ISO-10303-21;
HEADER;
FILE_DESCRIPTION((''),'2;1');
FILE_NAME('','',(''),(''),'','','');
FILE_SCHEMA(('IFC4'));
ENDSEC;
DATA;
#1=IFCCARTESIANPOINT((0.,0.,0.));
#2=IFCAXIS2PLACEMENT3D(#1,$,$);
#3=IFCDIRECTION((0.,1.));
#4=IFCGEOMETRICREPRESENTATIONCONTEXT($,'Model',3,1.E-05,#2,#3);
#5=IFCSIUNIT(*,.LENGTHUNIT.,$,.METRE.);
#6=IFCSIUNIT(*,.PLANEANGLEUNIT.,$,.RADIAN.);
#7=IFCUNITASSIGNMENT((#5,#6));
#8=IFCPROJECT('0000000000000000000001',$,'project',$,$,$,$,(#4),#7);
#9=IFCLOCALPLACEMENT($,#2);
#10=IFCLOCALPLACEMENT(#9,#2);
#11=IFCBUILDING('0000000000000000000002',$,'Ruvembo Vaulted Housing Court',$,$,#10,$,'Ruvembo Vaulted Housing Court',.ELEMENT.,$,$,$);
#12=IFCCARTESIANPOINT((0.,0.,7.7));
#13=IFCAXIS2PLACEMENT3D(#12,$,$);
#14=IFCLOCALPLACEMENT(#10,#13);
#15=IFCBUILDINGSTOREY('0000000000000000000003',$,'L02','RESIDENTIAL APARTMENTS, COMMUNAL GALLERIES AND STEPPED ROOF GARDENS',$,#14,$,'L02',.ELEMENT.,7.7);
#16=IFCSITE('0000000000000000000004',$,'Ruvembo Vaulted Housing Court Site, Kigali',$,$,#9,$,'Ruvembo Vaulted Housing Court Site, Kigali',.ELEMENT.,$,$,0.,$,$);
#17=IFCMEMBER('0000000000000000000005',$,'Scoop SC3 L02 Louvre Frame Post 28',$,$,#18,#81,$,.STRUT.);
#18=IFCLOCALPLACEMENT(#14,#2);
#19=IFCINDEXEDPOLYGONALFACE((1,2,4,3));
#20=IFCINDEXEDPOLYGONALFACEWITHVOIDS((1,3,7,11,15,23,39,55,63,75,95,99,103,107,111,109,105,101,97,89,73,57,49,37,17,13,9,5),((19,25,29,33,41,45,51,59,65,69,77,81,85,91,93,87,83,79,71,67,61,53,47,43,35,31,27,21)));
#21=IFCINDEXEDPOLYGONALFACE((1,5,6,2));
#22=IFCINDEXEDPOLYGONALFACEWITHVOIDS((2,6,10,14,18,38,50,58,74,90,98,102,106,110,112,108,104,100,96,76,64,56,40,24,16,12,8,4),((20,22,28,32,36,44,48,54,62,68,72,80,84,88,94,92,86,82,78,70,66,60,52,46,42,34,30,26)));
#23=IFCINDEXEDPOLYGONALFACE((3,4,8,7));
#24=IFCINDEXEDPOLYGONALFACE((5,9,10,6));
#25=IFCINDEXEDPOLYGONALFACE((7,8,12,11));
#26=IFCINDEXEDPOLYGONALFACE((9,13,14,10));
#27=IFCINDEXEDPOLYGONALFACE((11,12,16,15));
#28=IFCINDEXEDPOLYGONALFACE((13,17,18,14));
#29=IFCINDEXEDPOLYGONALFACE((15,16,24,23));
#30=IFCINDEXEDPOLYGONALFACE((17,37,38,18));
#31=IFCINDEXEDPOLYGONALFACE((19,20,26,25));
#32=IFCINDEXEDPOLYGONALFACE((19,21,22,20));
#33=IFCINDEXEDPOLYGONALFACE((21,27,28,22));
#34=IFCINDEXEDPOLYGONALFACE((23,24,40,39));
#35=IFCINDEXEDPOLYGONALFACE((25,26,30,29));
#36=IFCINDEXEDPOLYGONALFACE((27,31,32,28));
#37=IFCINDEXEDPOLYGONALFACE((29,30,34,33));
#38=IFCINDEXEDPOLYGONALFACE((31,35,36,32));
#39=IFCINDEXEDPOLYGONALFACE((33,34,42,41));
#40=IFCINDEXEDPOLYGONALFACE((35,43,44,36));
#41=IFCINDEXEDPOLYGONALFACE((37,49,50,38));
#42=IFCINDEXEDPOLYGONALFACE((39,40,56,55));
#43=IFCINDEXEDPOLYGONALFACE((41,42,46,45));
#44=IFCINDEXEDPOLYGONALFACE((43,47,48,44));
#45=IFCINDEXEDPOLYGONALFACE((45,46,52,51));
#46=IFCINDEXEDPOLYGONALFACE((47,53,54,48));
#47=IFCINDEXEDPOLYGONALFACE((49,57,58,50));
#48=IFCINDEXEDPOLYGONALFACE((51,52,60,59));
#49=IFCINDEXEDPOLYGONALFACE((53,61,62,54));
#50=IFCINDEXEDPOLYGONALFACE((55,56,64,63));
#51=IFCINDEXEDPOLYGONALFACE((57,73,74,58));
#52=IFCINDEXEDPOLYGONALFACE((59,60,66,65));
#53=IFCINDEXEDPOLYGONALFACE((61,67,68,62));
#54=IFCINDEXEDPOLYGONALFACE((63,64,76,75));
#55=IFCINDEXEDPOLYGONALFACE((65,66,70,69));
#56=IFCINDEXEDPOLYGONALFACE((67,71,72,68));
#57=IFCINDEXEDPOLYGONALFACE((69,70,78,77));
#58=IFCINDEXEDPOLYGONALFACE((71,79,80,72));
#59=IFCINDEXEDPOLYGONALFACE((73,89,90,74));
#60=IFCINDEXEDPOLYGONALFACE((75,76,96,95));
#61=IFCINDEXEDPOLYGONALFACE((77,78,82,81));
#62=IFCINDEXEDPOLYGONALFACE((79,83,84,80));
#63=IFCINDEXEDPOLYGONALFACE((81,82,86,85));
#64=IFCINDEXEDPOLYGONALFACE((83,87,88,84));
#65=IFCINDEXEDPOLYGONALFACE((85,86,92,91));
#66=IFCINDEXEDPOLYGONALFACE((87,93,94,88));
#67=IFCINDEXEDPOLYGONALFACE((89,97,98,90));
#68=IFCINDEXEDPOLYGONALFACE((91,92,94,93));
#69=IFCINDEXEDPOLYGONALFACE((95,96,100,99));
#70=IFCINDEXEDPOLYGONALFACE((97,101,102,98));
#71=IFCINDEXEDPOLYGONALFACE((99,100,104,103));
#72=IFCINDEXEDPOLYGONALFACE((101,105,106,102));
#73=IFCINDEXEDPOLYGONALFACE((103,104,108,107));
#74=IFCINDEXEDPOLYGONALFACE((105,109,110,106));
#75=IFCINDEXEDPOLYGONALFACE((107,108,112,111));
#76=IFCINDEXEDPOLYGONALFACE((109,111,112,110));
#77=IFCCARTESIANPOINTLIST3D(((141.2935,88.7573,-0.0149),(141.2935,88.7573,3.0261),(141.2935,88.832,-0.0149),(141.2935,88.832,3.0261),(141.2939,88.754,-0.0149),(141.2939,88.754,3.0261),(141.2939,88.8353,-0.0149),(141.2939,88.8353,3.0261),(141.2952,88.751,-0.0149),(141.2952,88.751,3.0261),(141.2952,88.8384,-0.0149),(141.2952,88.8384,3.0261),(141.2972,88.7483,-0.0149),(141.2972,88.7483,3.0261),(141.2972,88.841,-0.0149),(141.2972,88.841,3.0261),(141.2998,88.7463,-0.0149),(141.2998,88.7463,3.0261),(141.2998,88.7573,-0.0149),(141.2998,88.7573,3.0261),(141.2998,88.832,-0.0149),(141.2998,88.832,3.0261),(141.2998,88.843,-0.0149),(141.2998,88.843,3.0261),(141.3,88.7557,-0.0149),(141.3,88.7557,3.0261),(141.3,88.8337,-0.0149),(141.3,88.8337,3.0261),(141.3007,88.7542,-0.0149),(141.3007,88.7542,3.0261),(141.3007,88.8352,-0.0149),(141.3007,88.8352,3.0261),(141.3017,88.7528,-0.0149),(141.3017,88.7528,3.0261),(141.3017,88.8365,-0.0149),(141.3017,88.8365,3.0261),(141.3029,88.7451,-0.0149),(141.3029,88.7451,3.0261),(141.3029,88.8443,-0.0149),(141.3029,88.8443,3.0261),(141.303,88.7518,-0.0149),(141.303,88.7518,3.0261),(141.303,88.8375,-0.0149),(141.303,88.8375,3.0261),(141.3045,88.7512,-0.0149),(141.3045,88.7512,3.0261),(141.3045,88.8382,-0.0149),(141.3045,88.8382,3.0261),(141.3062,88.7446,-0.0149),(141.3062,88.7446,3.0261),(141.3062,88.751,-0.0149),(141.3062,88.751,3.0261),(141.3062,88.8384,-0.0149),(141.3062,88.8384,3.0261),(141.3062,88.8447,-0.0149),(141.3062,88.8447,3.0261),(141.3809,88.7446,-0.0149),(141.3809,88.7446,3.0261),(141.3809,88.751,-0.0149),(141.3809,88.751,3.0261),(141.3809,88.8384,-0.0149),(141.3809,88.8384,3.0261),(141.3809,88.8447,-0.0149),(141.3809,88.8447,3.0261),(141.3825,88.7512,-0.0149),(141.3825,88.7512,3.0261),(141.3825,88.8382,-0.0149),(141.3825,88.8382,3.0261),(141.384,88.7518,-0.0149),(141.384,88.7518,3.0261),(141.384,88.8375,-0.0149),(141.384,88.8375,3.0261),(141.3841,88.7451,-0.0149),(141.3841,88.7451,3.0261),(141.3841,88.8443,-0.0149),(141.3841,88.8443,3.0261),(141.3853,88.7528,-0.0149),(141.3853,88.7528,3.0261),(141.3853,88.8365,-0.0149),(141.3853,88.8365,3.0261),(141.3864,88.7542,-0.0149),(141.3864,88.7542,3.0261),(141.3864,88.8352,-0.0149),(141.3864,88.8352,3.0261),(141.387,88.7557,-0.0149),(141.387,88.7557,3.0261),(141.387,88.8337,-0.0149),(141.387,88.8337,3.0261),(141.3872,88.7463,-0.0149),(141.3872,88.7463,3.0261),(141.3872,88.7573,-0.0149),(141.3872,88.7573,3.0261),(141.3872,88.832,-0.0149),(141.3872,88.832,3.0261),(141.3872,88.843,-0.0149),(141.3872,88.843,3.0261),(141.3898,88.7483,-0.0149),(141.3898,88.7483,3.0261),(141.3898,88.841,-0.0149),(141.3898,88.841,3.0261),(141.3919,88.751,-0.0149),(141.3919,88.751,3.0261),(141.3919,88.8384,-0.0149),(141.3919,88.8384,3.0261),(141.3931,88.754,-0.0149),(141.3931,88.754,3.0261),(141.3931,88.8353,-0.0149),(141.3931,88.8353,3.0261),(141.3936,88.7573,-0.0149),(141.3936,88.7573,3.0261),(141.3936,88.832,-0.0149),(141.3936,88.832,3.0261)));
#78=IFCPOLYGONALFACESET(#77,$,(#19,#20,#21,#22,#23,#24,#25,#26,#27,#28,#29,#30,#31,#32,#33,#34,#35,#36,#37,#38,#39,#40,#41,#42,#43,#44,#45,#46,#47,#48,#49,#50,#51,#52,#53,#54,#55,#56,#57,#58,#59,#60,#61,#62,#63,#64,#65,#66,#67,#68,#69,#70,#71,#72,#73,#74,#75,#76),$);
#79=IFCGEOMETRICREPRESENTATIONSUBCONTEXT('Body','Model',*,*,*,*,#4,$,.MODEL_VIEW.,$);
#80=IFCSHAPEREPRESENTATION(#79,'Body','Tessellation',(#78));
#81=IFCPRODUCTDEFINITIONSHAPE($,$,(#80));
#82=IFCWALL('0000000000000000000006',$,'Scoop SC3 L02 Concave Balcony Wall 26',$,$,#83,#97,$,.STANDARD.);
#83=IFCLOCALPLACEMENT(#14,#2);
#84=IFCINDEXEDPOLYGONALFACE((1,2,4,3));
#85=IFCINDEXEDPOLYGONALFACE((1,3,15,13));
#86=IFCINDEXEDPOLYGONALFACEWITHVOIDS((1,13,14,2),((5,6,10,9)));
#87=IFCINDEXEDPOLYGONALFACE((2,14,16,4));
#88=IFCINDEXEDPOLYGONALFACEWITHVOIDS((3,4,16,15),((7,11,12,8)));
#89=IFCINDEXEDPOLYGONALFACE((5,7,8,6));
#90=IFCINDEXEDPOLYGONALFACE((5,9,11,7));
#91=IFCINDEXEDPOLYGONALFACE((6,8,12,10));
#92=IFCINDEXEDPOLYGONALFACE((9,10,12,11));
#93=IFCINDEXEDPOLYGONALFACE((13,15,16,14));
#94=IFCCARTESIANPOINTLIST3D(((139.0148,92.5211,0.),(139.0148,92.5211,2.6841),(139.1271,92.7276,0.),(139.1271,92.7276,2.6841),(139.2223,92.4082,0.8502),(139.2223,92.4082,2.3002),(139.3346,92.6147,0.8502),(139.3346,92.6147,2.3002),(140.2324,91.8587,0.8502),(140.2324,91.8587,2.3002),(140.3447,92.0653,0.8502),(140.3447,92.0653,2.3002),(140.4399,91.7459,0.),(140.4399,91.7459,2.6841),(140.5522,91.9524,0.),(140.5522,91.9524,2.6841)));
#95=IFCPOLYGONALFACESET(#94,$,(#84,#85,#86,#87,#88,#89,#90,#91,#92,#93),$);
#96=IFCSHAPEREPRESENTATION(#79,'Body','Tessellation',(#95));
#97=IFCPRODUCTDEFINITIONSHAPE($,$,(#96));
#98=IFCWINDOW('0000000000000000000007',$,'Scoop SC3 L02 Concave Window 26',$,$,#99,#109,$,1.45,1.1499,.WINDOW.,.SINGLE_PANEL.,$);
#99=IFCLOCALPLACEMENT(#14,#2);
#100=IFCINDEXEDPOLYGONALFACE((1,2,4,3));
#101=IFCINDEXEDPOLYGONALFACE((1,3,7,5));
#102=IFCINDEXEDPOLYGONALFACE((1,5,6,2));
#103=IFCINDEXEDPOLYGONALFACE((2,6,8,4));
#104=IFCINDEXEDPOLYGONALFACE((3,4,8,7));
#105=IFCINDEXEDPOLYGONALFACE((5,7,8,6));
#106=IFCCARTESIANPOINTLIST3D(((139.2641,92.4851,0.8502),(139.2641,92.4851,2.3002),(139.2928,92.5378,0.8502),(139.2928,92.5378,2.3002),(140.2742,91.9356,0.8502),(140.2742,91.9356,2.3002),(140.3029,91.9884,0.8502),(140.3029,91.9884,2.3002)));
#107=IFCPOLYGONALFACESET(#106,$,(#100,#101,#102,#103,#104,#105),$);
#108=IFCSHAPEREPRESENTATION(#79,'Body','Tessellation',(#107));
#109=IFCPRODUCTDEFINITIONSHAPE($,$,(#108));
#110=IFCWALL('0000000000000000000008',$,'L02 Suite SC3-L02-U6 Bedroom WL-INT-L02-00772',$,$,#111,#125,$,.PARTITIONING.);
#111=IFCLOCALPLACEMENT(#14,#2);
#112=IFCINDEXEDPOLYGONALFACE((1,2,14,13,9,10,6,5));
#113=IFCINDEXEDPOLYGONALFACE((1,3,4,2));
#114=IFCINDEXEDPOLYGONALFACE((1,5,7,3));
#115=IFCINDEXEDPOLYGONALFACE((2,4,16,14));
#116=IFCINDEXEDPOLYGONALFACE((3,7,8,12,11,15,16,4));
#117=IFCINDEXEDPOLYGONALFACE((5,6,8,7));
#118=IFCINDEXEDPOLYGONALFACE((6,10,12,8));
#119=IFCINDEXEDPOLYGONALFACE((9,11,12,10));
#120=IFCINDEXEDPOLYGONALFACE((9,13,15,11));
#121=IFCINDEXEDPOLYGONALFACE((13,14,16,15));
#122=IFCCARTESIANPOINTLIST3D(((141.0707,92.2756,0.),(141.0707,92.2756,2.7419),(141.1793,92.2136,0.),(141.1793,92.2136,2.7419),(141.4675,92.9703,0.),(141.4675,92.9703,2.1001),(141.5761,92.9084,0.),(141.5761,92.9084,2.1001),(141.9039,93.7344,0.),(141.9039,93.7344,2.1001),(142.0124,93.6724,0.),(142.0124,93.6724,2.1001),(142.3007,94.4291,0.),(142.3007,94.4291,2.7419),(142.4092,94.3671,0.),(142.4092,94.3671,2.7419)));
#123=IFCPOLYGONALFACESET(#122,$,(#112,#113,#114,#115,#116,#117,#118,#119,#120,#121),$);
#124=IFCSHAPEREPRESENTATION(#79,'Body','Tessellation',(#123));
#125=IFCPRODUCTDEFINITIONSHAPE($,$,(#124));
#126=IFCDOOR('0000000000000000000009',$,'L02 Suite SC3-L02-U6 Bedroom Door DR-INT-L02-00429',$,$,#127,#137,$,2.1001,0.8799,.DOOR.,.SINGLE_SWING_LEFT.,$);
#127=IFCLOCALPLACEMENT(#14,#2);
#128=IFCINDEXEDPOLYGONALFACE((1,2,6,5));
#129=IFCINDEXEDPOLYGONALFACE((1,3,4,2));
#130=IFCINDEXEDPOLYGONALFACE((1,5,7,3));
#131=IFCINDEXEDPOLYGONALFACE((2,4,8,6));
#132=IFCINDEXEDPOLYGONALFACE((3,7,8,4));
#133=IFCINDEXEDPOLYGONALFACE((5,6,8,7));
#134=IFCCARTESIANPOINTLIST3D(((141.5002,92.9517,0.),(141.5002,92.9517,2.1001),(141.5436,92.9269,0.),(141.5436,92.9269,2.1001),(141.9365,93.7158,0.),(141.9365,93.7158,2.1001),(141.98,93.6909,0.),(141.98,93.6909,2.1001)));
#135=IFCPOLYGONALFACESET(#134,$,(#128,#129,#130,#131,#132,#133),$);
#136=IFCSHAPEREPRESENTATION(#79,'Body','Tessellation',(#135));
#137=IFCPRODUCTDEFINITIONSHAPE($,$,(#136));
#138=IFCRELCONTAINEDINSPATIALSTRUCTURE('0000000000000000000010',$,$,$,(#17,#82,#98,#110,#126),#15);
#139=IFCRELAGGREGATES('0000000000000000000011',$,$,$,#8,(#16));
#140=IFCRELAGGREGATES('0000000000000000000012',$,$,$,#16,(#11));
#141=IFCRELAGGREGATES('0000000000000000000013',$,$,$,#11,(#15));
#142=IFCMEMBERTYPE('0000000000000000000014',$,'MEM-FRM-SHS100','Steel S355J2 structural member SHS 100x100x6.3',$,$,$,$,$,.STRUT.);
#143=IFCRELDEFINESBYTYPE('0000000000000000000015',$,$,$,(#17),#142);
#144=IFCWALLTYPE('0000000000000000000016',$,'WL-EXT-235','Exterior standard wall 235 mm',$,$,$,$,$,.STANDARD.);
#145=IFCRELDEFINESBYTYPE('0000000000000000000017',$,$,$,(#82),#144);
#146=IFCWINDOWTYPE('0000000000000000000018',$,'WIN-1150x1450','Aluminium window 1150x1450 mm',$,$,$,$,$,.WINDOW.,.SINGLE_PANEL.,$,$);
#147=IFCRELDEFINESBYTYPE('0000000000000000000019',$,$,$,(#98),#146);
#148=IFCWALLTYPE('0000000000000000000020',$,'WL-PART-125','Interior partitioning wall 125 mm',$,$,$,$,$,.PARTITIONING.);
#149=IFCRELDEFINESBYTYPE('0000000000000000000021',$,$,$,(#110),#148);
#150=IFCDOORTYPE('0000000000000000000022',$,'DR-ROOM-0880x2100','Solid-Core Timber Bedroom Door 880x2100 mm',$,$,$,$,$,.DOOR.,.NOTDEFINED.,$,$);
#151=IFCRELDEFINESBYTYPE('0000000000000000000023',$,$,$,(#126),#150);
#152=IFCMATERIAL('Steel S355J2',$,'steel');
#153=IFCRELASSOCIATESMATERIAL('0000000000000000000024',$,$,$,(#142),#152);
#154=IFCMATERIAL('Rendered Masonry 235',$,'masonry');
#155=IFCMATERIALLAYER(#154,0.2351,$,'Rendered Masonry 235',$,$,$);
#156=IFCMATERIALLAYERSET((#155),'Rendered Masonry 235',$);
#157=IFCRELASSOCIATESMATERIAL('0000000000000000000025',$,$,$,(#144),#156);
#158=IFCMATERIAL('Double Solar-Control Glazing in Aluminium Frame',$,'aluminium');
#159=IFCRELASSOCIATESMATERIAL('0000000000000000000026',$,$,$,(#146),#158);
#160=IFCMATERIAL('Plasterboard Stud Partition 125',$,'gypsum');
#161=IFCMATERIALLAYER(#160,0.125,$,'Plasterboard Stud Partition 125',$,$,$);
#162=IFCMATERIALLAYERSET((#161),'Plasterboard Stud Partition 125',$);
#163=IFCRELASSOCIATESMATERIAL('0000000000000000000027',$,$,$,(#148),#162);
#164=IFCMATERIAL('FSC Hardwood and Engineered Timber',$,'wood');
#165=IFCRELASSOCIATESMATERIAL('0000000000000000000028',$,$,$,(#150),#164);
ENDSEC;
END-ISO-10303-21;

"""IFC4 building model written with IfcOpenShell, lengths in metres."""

from ifc_helpers import new_model, si_unit, direction, frame, frame_2d, origin, origin_2d, place, context, subcontext, project, spatial, rectangle, hollow_rectangle, extrude, material, layer, layer_set, material_profile, profile_set, type_object, element, fill, save


model = new_model("IFC4")

# Units and contexts
model_context = context("Model", 3, precision=1e-05, world=origin(), true_north=direction((0.0, 1.0)))
body_context = subcontext(model_context, "Body", "Model", "MODEL_VIEW")
ifc_project = project(units=[si_unit("LENGTHUNIT", "METRE"), si_unit("PLANEANGLEUNIT", "RADIAN")], contexts=[model_context])

# Site, building, storey
site_placement = place(None, origin())
site = spatial("IfcSite", under=ifc_project, at=site_placement, Name="Ruvembo Vaulted Housing Court Site, Kigali", LongName="Ruvembo Vaulted Housing Court Site, Kigali", CompositionType="ELEMENT", RefElevation=0.0)
building_placement = place(site_placement, origin())
building = spatial("IfcBuilding", under=site, at=building_placement, Name="Ruvembo Vaulted Housing Court", LongName="Ruvembo Vaulted Housing Court", CompositionType="ELEMENT")
storey_placement = place(building_placement, frame((0.0, 0.0, 7.7)))
storey = spatial("IfcBuildingStorey", under=building, at=storey_placement, Name="L02", Description="RESIDENTIAL APARTMENTS, COMMUNAL GALLERIES AND STEPPED ROOF GARDENS", LongName="L02", CompositionType="ELEMENT", Elevation=7.7)

# Shared definitions
ifc_material_1 = material(Name="Steel S355J2", Category="steel")

# Member
ifc_material_profile_1 = material_profile(ifc_material_1, hollow_rectangle(XDim=0.1001, YDim=0.1001, WallThickness=0.0063, InnerFilletRadius=0.0063, OuterFilletRadius=0.0127, at=origin_2d()), Name="SHS 100x100x6.3")
ifc_profile_set_1 = profile_set([ifc_material_profile_1], Name="Steel S355J2")
member_type_1 = type_object("IfcMemberType", Name="MEM-FRM-SHS100", Description="Steel S355J2 structural member SHS 100x100x6.3", PredefinedType="STRUT", material=ifc_profile_set_1)
for number, where, z_axis, x_axis, name in (
    (1, (141.3435, 88.7947, -0.0149), (0.0, 0.0, 1.0), (1.0, 0.0, 0.0), "Scoop SC3 L02 Louvre Frame Post 28"),
):
    element("IfcMember", number, at=place(storey_placement, frame(where, z_axis=z_axis, x_axis=x_axis)), inside=storey, type_object=member_type_1, Name=name, PredefinedType="STRUT", context=body_context, shape_type="SweptSolid", body=[
        extrude(hollow_rectangle(XDim=0.1001, YDim=0.1001, WallThickness=0.0063, InnerFilletRadius=0.0063, OuterFilletRadius=0.0127, at=origin_2d()), origin(), (0.0, 0.0, 1.0), 3.041),
    ])

# Wall, opening, window
ifc_material_2 = material(Name="Rendered Masonry 235", Category="masonry")
ifc_layer_1 = layer(ifc_material_2, 0.2351, Name="Rendered Masonry 235")
ifc_layer_set_1 = layer_set([ifc_layer_1], Name="Rendered Masonry 235")
wall_type_1 = type_object("IfcWallType", Name="WL-EXT-235", Description="Exterior standard wall 235 mm", PredefinedType="STANDARD", material=ifc_layer_set_1)
wall_1_placement = place(storey_placement, frame((139.071, 92.6243, 0.0), z_axis=(0.0, 0.0, 1.0), x_axis=(0.878453, -0.477829, 0.0)))
wall_1 = element("IfcWall", 2, at=wall_1_placement, inside=storey, type_object=wall_type_1, Name="Scoop SC3 L02 Concave Balcony Wall 26", PredefinedType="STANDARD", context=body_context, shape_type="SweptSolid", body=[
    extrude(rectangle(XDim=1.6223, YDim=0.2351, at=frame_2d((0.811, 0.0))), origin(), (0.0, 0.0, 1.0), 2.6841),
])
opening_1_placement = place(wall_1_placement, frame((0.2361, 0.0, 0.8501)))
opening_1 = element("IfcOpeningElement", 3, at=opening_1_placement, cuts=wall_1, PredefinedType="OPENING", context=body_context, shape_type="SweptSolid", body=[
    extrude(rectangle(XDim=1.1499, YDim=1.45, at=frame_2d((0.575, 0.7251))), frame((0.0, 0.1274, 0.0), z_axis=(0.0, -1.0, 0.0), x_axis=(1.0, 0.0, 0.0)), (0.0, 0.0, 1.0), 0.2551),
])
ifc_material_3 = material(Name="Double Solar-Control Glazing in Aluminium Frame", Category="aluminium")
window_type = type_object("IfcWindowType", Name="WIN-1150x1450", Description="Aluminium window 1150x1450 mm", PartitioningType="SINGLE_PANEL", PredefinedType="WINDOW", material=ifc_material_3)
window_placement = place(opening_1_placement, origin())
window = element("IfcWindow", 4, at=window_placement, inside=storey, type_object=window_type, Name="Scoop SC3 L02 Concave Window 26", OverallHeight=1.45, OverallWidth=1.1499, PartitioningType="SINGLE_PANEL", PredefinedType="WINDOW", context=body_context, shape_type="SweptSolid", body=[
    extrude(rectangle(XDim=1.1499, YDim=1.45, at=frame_2d((0.575, 0.7251))), frame((0.0, 0.03, 0.0), z_axis=(0.0, -1.0, 0.0), x_axis=(1.0, 0.0, 0.0)), (0.0, 0.0, 1.0), 0.0601),
])
fill(opening_1, window)

# Wall, opening, door
ifc_material_4 = material(Name="Plasterboard Stud Partition 125", Category="gypsum")
ifc_layer_2 = layer(ifc_material_4, 0.125, Name="Plasterboard Stud Partition 125")
ifc_layer_set_2 = layer_set([ifc_layer_2], Name="Plasterboard Stud Partition 125")
wall_type_2 = type_object("IfcWallType", Name="WL-PART-125", Description="Interior partitioning wall 125 mm", PredefinedType="PARTITIONING", material=ifc_layer_set_2)
wall_2_placement = place(storey_placement, frame((141.125, 92.2446, 0.0), z_axis=(0.0, 0.0, 1.0), x_axis=(0.495948, 0.868352, 0.0)))
wall_2 = element("IfcWall", 5, at=wall_2_placement, inside=storey, type_object=wall_type_2, Name="L02 Suite SC3-L02-U6 Bedroom WL-INT-L02-00772", PredefinedType="PARTITIONING", context=body_context, shape_type="SweptSolid", body=[
    extrude(rectangle(XDim=2.48, YDim=0.125, at=frame_2d((1.24, 0.0))), origin(), (0.0, 0.0, 1.0), 2.7419),
])
opening_2_placement = place(wall_2_placement, frame((0.8, 0.0, 0.0)))
opening_2 = element("IfcOpeningElement", 6, at=opening_2_placement, cuts=wall_2, PredefinedType="OPENING", context=body_context, shape_type="SweptSolid", body=[
    extrude(rectangle(XDim=0.8799, YDim=2.1001, at=frame_2d((0.4399, 1.05))), frame((0.0, 0.0725, 0.0), z_axis=(0.0, -1.0, 0.0), x_axis=(1.0, 0.0, 0.0)), (0.0, 0.0, 1.0), 0.145),
])
ifc_material_5 = material(Name="FSC Hardwood and Engineered Timber", Category="wood")
door_type_1 = type_object("IfcDoorType", Name="DR-ROOM-0880x2100", Description="Solid-Core Timber Bedroom Door 880x2100 mm", OperationType="NOTDEFINED", PredefinedType="DOOR", material=ifc_material_5)
door_1_placement = place(opening_2_placement, origin())
door_1 = element("IfcDoor", 7, at=door_1_placement, inside=storey, type_object=door_type_1, Name="L02 Suite SC3-L02-U6 Bedroom Door DR-INT-L02-00429", OperationType="SINGLE_SWING_LEFT", OverallHeight=2.1001, OverallWidth=0.8799, PredefinedType="DOOR", context=body_context, shape_type="SweptSolid", body=[
    extrude(rectangle(XDim=0.8799, YDim=2.1001, at=frame_2d((0.4399, 1.05))), frame((0.0, 0.0249, 0.0), z_axis=(0.0, -1.0, 0.0), x_axis=(1.0, 0.0, 0.0)), (0.0, 0.0, 1.0), 0.05),
])
fill(opening_2, door_1)

save(model, "model.ifc")
